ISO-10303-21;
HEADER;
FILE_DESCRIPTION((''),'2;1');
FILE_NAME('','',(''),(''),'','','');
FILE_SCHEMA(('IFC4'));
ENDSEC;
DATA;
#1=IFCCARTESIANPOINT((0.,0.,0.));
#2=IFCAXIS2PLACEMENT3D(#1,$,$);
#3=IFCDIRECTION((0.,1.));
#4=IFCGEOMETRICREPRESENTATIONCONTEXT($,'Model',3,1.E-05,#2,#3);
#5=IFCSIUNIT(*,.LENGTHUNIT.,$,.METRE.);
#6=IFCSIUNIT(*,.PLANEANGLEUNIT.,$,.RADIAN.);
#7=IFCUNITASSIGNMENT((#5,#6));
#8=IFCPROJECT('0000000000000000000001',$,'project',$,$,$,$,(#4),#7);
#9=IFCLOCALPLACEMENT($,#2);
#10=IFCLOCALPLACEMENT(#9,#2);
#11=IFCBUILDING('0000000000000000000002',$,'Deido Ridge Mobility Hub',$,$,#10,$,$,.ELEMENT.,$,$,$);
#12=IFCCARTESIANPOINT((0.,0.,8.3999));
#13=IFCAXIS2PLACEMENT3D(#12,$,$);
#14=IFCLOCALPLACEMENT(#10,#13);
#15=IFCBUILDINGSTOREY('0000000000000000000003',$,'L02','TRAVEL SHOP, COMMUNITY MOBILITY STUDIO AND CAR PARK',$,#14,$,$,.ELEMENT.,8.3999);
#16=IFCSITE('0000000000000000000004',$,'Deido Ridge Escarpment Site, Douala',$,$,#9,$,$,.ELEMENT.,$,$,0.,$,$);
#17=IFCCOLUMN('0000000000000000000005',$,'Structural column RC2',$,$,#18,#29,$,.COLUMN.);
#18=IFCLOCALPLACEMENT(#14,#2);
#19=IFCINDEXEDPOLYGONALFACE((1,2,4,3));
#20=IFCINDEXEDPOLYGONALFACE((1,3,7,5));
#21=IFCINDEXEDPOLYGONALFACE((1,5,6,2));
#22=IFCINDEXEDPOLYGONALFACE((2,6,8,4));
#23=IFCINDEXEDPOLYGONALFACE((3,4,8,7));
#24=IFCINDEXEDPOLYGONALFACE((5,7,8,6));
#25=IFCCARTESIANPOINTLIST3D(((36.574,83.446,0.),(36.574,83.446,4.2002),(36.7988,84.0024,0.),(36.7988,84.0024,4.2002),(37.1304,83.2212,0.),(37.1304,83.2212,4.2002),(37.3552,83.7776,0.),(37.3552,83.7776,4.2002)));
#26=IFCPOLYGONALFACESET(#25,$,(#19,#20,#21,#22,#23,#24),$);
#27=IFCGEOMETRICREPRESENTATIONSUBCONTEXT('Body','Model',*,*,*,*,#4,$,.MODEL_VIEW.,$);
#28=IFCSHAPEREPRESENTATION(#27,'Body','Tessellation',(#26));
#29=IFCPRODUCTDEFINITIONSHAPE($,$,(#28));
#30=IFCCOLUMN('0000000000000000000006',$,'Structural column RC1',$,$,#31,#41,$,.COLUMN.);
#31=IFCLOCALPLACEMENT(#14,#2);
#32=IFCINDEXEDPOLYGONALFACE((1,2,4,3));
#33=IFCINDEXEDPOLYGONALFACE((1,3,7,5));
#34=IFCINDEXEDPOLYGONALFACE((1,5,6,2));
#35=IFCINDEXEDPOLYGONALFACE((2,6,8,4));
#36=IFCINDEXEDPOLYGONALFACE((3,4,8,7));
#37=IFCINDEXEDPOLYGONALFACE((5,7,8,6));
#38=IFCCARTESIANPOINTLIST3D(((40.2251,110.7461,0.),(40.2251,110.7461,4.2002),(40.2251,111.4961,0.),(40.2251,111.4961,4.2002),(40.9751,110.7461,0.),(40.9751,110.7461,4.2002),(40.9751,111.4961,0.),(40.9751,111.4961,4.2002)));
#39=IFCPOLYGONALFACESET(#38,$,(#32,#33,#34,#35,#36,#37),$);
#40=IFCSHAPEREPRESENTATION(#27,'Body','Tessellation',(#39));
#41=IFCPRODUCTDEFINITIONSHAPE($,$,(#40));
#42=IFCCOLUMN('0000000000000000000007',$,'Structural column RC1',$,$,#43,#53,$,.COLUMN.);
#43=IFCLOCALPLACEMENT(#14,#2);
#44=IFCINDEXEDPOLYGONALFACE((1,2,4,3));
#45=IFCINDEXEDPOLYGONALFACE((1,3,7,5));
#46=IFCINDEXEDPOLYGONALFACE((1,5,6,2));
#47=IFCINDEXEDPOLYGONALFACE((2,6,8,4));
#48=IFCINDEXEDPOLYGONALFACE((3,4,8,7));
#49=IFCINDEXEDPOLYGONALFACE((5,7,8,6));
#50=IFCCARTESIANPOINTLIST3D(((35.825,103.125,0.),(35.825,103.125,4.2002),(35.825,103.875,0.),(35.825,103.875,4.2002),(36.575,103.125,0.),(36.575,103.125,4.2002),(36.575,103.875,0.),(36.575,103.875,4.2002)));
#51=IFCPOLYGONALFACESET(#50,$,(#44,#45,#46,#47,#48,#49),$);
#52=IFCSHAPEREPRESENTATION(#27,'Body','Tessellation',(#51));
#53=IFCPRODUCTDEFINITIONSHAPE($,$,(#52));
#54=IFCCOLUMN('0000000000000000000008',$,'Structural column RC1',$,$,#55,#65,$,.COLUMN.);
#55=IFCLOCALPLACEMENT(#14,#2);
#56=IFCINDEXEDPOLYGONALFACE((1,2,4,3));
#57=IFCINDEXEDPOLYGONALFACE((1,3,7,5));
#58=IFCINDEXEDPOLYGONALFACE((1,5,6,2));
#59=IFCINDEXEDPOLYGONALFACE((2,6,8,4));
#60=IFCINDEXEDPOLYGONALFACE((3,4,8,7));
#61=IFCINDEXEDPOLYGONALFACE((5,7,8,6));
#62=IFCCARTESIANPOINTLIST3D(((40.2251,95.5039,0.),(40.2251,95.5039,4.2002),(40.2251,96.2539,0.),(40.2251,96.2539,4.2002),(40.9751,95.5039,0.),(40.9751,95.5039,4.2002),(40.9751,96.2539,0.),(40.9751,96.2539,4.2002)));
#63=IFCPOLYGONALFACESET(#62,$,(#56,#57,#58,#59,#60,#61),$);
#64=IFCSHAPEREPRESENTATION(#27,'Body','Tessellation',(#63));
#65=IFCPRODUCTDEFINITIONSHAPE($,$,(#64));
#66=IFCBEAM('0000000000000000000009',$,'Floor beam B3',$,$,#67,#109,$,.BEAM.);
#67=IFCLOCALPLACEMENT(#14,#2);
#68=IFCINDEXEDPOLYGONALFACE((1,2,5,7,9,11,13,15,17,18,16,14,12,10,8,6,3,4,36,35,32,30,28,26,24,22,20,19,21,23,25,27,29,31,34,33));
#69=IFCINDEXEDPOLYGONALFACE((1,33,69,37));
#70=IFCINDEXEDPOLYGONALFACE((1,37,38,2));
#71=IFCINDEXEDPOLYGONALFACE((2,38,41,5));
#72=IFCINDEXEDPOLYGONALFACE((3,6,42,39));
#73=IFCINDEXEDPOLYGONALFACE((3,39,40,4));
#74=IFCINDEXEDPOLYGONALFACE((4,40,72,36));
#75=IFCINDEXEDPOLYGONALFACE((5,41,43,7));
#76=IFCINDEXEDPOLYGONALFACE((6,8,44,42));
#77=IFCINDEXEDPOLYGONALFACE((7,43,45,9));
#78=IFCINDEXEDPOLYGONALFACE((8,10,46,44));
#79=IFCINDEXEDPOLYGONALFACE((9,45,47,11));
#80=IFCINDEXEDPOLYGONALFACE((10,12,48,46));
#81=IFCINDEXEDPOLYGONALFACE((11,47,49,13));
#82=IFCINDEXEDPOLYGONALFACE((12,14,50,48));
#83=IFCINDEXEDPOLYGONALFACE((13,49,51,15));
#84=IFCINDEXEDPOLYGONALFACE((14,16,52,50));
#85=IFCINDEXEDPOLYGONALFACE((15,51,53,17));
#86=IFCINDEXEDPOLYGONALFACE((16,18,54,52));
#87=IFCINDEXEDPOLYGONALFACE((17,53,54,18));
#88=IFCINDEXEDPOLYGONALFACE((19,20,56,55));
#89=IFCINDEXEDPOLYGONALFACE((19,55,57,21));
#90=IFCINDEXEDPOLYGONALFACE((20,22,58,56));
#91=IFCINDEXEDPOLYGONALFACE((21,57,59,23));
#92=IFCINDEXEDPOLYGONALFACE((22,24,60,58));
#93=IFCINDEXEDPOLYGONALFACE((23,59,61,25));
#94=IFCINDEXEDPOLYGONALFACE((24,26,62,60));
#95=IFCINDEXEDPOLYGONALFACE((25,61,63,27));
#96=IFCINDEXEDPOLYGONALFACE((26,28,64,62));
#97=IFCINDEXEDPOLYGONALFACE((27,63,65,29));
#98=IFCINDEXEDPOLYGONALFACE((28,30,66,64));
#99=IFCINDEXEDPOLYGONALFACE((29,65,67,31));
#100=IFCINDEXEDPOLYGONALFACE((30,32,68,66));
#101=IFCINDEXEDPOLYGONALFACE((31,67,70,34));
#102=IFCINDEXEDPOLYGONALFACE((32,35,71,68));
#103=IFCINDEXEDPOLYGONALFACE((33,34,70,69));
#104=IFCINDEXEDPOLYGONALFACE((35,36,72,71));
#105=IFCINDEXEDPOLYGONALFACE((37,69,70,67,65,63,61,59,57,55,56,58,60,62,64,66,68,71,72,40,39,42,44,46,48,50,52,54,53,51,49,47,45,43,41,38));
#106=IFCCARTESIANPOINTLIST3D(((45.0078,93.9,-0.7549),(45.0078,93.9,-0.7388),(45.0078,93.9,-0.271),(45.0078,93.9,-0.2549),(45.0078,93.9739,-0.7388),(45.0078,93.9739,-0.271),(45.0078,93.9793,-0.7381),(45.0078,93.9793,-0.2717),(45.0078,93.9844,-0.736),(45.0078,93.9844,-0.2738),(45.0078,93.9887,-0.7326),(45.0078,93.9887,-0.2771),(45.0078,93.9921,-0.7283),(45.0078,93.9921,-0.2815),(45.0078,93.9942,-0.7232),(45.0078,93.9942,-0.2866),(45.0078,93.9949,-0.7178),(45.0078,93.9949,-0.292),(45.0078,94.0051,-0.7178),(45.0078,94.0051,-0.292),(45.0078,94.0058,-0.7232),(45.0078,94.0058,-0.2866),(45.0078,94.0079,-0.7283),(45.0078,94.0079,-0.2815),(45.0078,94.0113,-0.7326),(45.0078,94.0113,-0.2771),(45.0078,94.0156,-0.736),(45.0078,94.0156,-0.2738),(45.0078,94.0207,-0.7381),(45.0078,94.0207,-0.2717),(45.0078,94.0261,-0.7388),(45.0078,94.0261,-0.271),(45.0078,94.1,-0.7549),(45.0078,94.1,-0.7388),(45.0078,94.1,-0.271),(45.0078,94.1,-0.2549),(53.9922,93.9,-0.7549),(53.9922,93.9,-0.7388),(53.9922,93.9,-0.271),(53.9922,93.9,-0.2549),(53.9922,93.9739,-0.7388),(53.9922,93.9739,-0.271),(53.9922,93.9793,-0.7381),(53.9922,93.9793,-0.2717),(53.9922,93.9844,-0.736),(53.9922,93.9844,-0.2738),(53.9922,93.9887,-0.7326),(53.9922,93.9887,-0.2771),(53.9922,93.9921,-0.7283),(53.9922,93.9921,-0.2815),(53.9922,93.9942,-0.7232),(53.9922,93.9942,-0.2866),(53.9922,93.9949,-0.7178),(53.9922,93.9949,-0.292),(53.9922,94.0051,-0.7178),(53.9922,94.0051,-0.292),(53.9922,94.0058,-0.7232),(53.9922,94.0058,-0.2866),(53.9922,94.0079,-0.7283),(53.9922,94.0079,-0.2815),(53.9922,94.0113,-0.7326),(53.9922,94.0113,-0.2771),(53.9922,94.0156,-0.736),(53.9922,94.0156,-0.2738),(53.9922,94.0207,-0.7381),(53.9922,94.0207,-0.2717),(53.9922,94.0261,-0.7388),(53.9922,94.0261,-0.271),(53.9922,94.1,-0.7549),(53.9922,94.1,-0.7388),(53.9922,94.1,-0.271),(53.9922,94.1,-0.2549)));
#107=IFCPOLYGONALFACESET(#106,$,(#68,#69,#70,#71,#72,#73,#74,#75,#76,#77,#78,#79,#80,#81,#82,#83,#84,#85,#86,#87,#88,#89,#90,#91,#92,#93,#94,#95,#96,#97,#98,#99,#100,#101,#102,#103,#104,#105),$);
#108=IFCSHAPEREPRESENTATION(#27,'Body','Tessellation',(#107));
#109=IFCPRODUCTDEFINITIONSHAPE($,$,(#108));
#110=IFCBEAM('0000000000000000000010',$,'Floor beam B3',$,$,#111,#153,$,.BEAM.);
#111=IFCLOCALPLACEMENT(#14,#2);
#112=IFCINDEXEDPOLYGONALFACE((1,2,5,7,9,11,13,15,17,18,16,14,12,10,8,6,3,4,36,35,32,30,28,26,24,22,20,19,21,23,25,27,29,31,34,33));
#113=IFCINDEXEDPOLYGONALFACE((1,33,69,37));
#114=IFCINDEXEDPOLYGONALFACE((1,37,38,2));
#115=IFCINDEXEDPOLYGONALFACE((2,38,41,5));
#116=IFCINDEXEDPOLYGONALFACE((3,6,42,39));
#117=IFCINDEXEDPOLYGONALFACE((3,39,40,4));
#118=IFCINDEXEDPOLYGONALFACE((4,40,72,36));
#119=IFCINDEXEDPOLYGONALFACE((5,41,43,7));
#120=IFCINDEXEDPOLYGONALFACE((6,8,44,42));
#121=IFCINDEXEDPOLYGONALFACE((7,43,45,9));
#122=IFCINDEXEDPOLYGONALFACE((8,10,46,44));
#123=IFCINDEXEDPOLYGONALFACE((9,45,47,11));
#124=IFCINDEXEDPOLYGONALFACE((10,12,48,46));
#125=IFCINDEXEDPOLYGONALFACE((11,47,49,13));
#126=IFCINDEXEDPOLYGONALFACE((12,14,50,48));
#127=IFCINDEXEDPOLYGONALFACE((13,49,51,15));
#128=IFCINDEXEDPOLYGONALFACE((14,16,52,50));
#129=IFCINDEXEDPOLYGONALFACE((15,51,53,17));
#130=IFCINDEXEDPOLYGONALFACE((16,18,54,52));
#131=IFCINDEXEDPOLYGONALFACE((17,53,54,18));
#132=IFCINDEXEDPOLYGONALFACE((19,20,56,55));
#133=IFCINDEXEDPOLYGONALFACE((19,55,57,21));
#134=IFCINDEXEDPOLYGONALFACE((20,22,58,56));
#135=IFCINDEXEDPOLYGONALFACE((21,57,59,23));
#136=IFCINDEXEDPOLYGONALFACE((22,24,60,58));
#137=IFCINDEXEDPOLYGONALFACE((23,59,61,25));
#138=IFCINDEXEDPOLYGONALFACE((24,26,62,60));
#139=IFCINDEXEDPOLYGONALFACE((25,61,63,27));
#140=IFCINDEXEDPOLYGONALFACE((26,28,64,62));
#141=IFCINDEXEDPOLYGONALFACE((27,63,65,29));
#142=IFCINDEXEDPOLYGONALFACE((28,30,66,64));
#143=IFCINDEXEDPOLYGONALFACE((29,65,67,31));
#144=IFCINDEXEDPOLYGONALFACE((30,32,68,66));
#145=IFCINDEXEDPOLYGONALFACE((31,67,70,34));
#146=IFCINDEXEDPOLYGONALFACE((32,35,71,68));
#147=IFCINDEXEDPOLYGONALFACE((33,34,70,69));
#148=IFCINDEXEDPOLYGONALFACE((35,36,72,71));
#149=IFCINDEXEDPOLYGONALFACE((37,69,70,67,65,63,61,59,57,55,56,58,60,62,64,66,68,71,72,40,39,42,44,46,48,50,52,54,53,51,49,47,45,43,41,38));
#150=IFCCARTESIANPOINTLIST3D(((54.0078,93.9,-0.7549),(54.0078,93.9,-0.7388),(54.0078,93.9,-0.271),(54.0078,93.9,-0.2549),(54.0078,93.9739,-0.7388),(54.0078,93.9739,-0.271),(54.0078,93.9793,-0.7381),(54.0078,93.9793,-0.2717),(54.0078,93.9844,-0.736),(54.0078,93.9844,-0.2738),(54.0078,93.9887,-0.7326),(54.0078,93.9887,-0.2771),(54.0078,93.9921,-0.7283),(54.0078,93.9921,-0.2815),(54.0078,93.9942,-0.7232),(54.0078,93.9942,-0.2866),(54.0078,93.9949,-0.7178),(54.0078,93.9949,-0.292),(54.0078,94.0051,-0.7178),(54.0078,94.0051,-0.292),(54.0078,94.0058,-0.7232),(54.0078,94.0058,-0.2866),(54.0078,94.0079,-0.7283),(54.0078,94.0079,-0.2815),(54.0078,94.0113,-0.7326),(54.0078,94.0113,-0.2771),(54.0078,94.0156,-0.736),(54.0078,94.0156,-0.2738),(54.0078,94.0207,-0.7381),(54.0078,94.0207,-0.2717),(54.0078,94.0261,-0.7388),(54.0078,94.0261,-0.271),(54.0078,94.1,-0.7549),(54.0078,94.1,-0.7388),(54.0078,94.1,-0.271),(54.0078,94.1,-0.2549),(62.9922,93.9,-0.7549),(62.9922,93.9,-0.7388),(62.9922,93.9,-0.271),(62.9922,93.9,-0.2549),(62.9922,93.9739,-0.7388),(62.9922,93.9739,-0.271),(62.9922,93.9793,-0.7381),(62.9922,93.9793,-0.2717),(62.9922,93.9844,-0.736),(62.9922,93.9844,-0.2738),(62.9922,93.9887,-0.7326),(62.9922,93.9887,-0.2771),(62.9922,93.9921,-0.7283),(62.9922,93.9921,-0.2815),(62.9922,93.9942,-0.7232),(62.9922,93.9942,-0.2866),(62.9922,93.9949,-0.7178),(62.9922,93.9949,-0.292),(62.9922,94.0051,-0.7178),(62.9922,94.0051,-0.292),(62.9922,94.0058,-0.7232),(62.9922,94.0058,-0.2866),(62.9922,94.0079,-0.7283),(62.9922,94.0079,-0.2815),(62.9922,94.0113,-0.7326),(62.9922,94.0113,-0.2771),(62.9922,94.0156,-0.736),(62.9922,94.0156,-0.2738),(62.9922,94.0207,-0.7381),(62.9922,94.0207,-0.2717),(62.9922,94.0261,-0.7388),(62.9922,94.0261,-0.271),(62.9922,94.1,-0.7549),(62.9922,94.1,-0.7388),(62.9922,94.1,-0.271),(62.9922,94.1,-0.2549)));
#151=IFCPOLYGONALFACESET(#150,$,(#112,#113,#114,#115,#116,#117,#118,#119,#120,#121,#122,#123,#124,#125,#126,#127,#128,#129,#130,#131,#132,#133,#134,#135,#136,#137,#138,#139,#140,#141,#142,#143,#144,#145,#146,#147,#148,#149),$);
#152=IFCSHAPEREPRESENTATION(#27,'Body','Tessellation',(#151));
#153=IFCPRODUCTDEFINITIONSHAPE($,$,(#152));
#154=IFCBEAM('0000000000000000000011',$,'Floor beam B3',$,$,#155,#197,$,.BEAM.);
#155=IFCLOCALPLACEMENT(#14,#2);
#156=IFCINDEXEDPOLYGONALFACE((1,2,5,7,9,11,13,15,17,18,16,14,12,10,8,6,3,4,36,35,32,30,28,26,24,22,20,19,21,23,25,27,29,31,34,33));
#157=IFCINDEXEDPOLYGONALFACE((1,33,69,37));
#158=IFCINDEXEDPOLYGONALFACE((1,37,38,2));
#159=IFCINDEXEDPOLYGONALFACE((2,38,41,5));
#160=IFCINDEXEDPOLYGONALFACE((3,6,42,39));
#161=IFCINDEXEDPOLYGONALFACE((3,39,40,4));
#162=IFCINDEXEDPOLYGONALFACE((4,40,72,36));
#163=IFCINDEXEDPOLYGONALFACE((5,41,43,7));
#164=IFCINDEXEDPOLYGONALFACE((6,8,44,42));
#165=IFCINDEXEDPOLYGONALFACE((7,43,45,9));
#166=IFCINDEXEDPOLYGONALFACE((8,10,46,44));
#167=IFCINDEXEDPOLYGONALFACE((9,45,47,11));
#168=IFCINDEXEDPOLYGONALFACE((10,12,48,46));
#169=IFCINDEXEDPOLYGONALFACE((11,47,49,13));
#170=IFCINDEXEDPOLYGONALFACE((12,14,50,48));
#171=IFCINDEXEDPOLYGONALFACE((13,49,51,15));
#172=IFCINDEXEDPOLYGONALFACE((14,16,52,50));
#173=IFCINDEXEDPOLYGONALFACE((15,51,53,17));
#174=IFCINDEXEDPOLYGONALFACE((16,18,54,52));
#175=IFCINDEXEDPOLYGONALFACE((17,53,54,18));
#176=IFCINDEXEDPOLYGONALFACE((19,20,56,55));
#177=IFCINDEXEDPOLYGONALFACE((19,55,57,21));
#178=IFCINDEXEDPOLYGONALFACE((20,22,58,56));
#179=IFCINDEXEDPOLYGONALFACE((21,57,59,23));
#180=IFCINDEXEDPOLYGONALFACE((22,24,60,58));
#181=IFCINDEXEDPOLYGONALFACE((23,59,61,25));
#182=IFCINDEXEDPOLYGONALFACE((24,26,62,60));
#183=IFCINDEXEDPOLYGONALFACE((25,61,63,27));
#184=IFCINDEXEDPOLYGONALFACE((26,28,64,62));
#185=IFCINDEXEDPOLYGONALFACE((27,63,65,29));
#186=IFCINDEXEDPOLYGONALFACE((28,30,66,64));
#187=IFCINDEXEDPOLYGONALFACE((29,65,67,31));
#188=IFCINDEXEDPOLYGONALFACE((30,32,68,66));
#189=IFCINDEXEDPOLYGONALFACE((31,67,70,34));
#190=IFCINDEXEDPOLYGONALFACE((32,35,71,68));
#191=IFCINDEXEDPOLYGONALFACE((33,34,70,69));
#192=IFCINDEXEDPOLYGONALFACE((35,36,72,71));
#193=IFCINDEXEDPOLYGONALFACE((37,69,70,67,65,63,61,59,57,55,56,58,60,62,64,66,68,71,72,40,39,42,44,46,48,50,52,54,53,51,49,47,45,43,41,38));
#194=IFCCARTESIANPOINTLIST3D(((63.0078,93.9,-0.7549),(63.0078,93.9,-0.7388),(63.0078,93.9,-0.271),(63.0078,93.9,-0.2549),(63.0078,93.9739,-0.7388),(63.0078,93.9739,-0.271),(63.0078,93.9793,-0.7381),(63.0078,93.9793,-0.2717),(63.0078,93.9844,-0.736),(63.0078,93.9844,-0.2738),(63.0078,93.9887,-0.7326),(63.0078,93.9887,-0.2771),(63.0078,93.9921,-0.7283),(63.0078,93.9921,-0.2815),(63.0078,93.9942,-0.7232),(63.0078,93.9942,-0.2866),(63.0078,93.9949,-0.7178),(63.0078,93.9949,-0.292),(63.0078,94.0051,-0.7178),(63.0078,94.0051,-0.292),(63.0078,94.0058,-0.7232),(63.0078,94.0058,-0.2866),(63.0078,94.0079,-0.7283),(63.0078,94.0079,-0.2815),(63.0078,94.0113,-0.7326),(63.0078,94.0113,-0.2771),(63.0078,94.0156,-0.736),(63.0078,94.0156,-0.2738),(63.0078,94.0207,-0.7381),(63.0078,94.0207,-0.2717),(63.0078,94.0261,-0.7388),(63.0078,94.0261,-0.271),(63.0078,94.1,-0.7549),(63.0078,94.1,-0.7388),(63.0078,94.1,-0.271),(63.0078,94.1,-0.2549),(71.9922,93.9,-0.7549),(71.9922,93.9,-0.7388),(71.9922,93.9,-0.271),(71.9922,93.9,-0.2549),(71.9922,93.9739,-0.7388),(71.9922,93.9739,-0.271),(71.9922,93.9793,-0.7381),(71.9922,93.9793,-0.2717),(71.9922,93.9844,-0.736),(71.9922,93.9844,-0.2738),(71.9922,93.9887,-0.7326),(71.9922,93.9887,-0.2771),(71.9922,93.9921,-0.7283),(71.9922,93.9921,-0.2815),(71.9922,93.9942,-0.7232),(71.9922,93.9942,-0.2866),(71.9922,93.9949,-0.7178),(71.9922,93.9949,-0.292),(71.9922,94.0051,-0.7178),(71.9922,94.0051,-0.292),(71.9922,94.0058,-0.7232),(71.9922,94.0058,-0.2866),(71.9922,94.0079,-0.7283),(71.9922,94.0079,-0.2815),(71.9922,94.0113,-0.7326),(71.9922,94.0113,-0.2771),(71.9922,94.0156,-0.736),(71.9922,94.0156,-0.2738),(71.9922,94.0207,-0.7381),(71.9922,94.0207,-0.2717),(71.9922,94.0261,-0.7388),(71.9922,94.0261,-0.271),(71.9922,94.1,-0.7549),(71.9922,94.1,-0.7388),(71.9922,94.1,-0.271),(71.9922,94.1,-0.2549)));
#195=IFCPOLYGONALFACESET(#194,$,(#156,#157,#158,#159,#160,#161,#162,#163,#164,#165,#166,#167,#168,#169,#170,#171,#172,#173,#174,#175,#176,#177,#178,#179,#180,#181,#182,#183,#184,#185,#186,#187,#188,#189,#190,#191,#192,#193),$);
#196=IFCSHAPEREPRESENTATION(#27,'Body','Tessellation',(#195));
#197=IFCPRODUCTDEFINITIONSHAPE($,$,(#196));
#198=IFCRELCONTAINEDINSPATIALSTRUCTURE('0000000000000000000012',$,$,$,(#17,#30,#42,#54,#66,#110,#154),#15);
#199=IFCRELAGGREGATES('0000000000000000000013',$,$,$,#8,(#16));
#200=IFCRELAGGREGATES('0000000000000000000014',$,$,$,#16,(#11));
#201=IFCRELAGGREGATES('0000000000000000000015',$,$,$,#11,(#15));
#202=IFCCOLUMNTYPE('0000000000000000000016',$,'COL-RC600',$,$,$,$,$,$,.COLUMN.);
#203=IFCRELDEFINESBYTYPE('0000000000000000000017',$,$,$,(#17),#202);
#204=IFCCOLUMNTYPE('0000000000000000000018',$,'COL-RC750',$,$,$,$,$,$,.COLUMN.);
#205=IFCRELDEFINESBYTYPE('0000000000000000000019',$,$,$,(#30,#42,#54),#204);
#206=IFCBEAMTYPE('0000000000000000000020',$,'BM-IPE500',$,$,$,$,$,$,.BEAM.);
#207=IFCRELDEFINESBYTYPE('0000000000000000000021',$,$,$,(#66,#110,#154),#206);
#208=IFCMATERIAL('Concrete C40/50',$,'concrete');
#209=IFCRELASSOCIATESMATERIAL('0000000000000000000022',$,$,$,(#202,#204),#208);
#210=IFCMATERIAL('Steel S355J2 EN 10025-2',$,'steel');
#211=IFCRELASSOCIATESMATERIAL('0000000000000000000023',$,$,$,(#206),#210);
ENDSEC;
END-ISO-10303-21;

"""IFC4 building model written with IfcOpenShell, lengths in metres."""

from ifc_helpers import new_model, si_unit, direction, frame, origin, origin_2d, place, context, subcontext, project, spatial, rectangle, i_section, extrude, material, material_profile, profile_set, type_object, element, save


model = new_model("IFC4")

# Units and contexts
model_context = context("Model", 3, precision=1e-05, world=origin(), true_north=direction((0.0, 1.0)))
body_context = subcontext(model_context, "Body", "Model", "MODEL_VIEW")
ifc_project = project(units=[si_unit("LENGTHUNIT", "METRE"), si_unit("PLANEANGLEUNIT", "RADIAN")], contexts=[model_context])

# Site, building, storey
site_placement = place(None, origin())
site = spatial("IfcSite", under=ifc_project, at=site_placement, Name="Deido Ridge Escarpment Site, Douala", CompositionType="ELEMENT", RefElevation=0.0)
building_placement = place(site_placement, origin())
building = spatial("IfcBuilding", under=site, at=building_placement, Name="Deido Ridge Mobility Hub", CompositionType="ELEMENT")
storey_placement = place(building_placement, frame((0.0, 0.0, 8.3999)))
storey = spatial("IfcBuildingStorey", under=building, at=storey_placement, Name="L02", Description="TRAVEL SHOP, COMMUNITY MOBILITY STUDIO AND CAR PARK", CompositionType="ELEMENT", Elevation=8.3999)

# Columns
ifc_material_1 = material(Name="Steel S355J2 EN 10025-2", Category="steel")
ifc_material_2 = material(Name="Concrete C40/50", Category="concrete")
ifc_material_profile_1 = material_profile(ifc_material_2, rectangle(XDim=0.6001, YDim=0.6001, at=origin_2d()), Name="RC COL 600x600")
ifc_profile_set_1 = profile_set([ifc_material_profile_1], Name="Concrete C40/50")
column_type_1 = type_object("IfcColumnType", Name="COL-RC600", PredefinedType="COLUMN", material=ifc_profile_set_1)
for number, where, z_axis, x_axis, name in (
    (1, (36.9646, 83.6118, 0.0), (0.0, 0.0, 1.0), (-0.374607, -0.927184, 0.0), "Structural column RC2"),
):
    element("IfcColumn", number, at=place(storey_placement, frame(where, z_axis=z_axis, x_axis=x_axis)), inside=storey, type_object=column_type_1, Name=name, PredefinedType="COLUMN", context=body_context, shape_type="SweptSolid", body=[
        extrude(rectangle(XDim=0.6001, YDim=0.6001, at=origin_2d()), origin(), (0.0, 0.0, 1.0), 4.2002),
    ])
ifc_material_profile_2 = material_profile(ifc_material_2, rectangle(XDim=0.75, YDim=0.75, at=origin_2d()), Name="RC COL 750x750")
ifc_profile_set_2 = profile_set([ifc_material_profile_2], Name="Concrete C40/50")
column_type_2 = type_object("IfcColumnType", Name="COL-RC750", PredefinedType="COLUMN", material=ifc_profile_set_2)
for number, where, z_axis, x_axis, name in (
    (2, (40.6001, 111.1211, 0.0), (0.0, 0.0, 1.0), (1.0, 0.0, 0.0), "Structural column RC1"),
    (3, (36.2, 103.5, 0.0), (0.0, 0.0, 1.0), (1.0, 0.0, 0.0), "Structural column RC1"),
    (4, (40.6001, 95.8789, 0.0), (0.0, 0.0, 1.0), (1.0, 0.0, 0.0), "Structural column RC1"),
):
    element("IfcColumn", number, at=place(storey_placement, frame(where, z_axis=z_axis, x_axis=x_axis)), inside=storey, type_object=column_type_2, Name=name, PredefinedType="COLUMN", context=body_context, shape_type="SweptSolid", body=[
        extrude(rectangle(XDim=0.75, YDim=0.75, at=origin_2d()), origin(), (0.0, 0.0, 1.0), 4.2002),
    ])

# Beams
ifc_material_profile_3 = material_profile(ifc_material_1, i_section(OverallWidth=0.2, OverallDepth=0.5, WebThickness=0.0103, FlangeThickness=0.0161, FilletRadius=0.021, at=origin_2d()), Name="IPE 500")
ifc_profile_set_3 = profile_set([ifc_material_profile_3], Name="Steel S355J2 EN 10025-2")
beam_type_1 = type_object("IfcBeamType", Name="BM-IPE500", PredefinedType="BEAM", material=ifc_profile_set_3)
for number, where, z_axis, x_axis, name in (
    (5, (45.0078, 94.0, -0.5049), (1.0, 0.0, 0.0), (0.0, 1.0, 0.0), "Floor beam B3"),
    (6, (54.0078, 94.0, -0.5049), (1.0, 0.0, 0.0), (0.0, 1.0, 0.0), "Floor beam B3"),
    (7, (63.0078, 94.0, -0.5049), (1.0, 0.0, 0.0), (0.0, 1.0, 0.0), "Floor beam B3"),
):
    element("IfcBeam", number, at=place(storey_placement, frame(where, z_axis=z_axis, x_axis=x_axis)), inside=storey, type_object=beam_type_1, Name=name, PredefinedType="BEAM", context=body_context, shape_type="SweptSolid", body=[
        extrude(i_section(OverallWidth=0.2, OverallDepth=0.5, WebThickness=0.0103, FlangeThickness=0.0161, FilletRadius=0.021, at=origin_2d()), origin(), (0.0, 0.0, 1.0), 8.9844),
    ])

save(model, "model.ifc")
